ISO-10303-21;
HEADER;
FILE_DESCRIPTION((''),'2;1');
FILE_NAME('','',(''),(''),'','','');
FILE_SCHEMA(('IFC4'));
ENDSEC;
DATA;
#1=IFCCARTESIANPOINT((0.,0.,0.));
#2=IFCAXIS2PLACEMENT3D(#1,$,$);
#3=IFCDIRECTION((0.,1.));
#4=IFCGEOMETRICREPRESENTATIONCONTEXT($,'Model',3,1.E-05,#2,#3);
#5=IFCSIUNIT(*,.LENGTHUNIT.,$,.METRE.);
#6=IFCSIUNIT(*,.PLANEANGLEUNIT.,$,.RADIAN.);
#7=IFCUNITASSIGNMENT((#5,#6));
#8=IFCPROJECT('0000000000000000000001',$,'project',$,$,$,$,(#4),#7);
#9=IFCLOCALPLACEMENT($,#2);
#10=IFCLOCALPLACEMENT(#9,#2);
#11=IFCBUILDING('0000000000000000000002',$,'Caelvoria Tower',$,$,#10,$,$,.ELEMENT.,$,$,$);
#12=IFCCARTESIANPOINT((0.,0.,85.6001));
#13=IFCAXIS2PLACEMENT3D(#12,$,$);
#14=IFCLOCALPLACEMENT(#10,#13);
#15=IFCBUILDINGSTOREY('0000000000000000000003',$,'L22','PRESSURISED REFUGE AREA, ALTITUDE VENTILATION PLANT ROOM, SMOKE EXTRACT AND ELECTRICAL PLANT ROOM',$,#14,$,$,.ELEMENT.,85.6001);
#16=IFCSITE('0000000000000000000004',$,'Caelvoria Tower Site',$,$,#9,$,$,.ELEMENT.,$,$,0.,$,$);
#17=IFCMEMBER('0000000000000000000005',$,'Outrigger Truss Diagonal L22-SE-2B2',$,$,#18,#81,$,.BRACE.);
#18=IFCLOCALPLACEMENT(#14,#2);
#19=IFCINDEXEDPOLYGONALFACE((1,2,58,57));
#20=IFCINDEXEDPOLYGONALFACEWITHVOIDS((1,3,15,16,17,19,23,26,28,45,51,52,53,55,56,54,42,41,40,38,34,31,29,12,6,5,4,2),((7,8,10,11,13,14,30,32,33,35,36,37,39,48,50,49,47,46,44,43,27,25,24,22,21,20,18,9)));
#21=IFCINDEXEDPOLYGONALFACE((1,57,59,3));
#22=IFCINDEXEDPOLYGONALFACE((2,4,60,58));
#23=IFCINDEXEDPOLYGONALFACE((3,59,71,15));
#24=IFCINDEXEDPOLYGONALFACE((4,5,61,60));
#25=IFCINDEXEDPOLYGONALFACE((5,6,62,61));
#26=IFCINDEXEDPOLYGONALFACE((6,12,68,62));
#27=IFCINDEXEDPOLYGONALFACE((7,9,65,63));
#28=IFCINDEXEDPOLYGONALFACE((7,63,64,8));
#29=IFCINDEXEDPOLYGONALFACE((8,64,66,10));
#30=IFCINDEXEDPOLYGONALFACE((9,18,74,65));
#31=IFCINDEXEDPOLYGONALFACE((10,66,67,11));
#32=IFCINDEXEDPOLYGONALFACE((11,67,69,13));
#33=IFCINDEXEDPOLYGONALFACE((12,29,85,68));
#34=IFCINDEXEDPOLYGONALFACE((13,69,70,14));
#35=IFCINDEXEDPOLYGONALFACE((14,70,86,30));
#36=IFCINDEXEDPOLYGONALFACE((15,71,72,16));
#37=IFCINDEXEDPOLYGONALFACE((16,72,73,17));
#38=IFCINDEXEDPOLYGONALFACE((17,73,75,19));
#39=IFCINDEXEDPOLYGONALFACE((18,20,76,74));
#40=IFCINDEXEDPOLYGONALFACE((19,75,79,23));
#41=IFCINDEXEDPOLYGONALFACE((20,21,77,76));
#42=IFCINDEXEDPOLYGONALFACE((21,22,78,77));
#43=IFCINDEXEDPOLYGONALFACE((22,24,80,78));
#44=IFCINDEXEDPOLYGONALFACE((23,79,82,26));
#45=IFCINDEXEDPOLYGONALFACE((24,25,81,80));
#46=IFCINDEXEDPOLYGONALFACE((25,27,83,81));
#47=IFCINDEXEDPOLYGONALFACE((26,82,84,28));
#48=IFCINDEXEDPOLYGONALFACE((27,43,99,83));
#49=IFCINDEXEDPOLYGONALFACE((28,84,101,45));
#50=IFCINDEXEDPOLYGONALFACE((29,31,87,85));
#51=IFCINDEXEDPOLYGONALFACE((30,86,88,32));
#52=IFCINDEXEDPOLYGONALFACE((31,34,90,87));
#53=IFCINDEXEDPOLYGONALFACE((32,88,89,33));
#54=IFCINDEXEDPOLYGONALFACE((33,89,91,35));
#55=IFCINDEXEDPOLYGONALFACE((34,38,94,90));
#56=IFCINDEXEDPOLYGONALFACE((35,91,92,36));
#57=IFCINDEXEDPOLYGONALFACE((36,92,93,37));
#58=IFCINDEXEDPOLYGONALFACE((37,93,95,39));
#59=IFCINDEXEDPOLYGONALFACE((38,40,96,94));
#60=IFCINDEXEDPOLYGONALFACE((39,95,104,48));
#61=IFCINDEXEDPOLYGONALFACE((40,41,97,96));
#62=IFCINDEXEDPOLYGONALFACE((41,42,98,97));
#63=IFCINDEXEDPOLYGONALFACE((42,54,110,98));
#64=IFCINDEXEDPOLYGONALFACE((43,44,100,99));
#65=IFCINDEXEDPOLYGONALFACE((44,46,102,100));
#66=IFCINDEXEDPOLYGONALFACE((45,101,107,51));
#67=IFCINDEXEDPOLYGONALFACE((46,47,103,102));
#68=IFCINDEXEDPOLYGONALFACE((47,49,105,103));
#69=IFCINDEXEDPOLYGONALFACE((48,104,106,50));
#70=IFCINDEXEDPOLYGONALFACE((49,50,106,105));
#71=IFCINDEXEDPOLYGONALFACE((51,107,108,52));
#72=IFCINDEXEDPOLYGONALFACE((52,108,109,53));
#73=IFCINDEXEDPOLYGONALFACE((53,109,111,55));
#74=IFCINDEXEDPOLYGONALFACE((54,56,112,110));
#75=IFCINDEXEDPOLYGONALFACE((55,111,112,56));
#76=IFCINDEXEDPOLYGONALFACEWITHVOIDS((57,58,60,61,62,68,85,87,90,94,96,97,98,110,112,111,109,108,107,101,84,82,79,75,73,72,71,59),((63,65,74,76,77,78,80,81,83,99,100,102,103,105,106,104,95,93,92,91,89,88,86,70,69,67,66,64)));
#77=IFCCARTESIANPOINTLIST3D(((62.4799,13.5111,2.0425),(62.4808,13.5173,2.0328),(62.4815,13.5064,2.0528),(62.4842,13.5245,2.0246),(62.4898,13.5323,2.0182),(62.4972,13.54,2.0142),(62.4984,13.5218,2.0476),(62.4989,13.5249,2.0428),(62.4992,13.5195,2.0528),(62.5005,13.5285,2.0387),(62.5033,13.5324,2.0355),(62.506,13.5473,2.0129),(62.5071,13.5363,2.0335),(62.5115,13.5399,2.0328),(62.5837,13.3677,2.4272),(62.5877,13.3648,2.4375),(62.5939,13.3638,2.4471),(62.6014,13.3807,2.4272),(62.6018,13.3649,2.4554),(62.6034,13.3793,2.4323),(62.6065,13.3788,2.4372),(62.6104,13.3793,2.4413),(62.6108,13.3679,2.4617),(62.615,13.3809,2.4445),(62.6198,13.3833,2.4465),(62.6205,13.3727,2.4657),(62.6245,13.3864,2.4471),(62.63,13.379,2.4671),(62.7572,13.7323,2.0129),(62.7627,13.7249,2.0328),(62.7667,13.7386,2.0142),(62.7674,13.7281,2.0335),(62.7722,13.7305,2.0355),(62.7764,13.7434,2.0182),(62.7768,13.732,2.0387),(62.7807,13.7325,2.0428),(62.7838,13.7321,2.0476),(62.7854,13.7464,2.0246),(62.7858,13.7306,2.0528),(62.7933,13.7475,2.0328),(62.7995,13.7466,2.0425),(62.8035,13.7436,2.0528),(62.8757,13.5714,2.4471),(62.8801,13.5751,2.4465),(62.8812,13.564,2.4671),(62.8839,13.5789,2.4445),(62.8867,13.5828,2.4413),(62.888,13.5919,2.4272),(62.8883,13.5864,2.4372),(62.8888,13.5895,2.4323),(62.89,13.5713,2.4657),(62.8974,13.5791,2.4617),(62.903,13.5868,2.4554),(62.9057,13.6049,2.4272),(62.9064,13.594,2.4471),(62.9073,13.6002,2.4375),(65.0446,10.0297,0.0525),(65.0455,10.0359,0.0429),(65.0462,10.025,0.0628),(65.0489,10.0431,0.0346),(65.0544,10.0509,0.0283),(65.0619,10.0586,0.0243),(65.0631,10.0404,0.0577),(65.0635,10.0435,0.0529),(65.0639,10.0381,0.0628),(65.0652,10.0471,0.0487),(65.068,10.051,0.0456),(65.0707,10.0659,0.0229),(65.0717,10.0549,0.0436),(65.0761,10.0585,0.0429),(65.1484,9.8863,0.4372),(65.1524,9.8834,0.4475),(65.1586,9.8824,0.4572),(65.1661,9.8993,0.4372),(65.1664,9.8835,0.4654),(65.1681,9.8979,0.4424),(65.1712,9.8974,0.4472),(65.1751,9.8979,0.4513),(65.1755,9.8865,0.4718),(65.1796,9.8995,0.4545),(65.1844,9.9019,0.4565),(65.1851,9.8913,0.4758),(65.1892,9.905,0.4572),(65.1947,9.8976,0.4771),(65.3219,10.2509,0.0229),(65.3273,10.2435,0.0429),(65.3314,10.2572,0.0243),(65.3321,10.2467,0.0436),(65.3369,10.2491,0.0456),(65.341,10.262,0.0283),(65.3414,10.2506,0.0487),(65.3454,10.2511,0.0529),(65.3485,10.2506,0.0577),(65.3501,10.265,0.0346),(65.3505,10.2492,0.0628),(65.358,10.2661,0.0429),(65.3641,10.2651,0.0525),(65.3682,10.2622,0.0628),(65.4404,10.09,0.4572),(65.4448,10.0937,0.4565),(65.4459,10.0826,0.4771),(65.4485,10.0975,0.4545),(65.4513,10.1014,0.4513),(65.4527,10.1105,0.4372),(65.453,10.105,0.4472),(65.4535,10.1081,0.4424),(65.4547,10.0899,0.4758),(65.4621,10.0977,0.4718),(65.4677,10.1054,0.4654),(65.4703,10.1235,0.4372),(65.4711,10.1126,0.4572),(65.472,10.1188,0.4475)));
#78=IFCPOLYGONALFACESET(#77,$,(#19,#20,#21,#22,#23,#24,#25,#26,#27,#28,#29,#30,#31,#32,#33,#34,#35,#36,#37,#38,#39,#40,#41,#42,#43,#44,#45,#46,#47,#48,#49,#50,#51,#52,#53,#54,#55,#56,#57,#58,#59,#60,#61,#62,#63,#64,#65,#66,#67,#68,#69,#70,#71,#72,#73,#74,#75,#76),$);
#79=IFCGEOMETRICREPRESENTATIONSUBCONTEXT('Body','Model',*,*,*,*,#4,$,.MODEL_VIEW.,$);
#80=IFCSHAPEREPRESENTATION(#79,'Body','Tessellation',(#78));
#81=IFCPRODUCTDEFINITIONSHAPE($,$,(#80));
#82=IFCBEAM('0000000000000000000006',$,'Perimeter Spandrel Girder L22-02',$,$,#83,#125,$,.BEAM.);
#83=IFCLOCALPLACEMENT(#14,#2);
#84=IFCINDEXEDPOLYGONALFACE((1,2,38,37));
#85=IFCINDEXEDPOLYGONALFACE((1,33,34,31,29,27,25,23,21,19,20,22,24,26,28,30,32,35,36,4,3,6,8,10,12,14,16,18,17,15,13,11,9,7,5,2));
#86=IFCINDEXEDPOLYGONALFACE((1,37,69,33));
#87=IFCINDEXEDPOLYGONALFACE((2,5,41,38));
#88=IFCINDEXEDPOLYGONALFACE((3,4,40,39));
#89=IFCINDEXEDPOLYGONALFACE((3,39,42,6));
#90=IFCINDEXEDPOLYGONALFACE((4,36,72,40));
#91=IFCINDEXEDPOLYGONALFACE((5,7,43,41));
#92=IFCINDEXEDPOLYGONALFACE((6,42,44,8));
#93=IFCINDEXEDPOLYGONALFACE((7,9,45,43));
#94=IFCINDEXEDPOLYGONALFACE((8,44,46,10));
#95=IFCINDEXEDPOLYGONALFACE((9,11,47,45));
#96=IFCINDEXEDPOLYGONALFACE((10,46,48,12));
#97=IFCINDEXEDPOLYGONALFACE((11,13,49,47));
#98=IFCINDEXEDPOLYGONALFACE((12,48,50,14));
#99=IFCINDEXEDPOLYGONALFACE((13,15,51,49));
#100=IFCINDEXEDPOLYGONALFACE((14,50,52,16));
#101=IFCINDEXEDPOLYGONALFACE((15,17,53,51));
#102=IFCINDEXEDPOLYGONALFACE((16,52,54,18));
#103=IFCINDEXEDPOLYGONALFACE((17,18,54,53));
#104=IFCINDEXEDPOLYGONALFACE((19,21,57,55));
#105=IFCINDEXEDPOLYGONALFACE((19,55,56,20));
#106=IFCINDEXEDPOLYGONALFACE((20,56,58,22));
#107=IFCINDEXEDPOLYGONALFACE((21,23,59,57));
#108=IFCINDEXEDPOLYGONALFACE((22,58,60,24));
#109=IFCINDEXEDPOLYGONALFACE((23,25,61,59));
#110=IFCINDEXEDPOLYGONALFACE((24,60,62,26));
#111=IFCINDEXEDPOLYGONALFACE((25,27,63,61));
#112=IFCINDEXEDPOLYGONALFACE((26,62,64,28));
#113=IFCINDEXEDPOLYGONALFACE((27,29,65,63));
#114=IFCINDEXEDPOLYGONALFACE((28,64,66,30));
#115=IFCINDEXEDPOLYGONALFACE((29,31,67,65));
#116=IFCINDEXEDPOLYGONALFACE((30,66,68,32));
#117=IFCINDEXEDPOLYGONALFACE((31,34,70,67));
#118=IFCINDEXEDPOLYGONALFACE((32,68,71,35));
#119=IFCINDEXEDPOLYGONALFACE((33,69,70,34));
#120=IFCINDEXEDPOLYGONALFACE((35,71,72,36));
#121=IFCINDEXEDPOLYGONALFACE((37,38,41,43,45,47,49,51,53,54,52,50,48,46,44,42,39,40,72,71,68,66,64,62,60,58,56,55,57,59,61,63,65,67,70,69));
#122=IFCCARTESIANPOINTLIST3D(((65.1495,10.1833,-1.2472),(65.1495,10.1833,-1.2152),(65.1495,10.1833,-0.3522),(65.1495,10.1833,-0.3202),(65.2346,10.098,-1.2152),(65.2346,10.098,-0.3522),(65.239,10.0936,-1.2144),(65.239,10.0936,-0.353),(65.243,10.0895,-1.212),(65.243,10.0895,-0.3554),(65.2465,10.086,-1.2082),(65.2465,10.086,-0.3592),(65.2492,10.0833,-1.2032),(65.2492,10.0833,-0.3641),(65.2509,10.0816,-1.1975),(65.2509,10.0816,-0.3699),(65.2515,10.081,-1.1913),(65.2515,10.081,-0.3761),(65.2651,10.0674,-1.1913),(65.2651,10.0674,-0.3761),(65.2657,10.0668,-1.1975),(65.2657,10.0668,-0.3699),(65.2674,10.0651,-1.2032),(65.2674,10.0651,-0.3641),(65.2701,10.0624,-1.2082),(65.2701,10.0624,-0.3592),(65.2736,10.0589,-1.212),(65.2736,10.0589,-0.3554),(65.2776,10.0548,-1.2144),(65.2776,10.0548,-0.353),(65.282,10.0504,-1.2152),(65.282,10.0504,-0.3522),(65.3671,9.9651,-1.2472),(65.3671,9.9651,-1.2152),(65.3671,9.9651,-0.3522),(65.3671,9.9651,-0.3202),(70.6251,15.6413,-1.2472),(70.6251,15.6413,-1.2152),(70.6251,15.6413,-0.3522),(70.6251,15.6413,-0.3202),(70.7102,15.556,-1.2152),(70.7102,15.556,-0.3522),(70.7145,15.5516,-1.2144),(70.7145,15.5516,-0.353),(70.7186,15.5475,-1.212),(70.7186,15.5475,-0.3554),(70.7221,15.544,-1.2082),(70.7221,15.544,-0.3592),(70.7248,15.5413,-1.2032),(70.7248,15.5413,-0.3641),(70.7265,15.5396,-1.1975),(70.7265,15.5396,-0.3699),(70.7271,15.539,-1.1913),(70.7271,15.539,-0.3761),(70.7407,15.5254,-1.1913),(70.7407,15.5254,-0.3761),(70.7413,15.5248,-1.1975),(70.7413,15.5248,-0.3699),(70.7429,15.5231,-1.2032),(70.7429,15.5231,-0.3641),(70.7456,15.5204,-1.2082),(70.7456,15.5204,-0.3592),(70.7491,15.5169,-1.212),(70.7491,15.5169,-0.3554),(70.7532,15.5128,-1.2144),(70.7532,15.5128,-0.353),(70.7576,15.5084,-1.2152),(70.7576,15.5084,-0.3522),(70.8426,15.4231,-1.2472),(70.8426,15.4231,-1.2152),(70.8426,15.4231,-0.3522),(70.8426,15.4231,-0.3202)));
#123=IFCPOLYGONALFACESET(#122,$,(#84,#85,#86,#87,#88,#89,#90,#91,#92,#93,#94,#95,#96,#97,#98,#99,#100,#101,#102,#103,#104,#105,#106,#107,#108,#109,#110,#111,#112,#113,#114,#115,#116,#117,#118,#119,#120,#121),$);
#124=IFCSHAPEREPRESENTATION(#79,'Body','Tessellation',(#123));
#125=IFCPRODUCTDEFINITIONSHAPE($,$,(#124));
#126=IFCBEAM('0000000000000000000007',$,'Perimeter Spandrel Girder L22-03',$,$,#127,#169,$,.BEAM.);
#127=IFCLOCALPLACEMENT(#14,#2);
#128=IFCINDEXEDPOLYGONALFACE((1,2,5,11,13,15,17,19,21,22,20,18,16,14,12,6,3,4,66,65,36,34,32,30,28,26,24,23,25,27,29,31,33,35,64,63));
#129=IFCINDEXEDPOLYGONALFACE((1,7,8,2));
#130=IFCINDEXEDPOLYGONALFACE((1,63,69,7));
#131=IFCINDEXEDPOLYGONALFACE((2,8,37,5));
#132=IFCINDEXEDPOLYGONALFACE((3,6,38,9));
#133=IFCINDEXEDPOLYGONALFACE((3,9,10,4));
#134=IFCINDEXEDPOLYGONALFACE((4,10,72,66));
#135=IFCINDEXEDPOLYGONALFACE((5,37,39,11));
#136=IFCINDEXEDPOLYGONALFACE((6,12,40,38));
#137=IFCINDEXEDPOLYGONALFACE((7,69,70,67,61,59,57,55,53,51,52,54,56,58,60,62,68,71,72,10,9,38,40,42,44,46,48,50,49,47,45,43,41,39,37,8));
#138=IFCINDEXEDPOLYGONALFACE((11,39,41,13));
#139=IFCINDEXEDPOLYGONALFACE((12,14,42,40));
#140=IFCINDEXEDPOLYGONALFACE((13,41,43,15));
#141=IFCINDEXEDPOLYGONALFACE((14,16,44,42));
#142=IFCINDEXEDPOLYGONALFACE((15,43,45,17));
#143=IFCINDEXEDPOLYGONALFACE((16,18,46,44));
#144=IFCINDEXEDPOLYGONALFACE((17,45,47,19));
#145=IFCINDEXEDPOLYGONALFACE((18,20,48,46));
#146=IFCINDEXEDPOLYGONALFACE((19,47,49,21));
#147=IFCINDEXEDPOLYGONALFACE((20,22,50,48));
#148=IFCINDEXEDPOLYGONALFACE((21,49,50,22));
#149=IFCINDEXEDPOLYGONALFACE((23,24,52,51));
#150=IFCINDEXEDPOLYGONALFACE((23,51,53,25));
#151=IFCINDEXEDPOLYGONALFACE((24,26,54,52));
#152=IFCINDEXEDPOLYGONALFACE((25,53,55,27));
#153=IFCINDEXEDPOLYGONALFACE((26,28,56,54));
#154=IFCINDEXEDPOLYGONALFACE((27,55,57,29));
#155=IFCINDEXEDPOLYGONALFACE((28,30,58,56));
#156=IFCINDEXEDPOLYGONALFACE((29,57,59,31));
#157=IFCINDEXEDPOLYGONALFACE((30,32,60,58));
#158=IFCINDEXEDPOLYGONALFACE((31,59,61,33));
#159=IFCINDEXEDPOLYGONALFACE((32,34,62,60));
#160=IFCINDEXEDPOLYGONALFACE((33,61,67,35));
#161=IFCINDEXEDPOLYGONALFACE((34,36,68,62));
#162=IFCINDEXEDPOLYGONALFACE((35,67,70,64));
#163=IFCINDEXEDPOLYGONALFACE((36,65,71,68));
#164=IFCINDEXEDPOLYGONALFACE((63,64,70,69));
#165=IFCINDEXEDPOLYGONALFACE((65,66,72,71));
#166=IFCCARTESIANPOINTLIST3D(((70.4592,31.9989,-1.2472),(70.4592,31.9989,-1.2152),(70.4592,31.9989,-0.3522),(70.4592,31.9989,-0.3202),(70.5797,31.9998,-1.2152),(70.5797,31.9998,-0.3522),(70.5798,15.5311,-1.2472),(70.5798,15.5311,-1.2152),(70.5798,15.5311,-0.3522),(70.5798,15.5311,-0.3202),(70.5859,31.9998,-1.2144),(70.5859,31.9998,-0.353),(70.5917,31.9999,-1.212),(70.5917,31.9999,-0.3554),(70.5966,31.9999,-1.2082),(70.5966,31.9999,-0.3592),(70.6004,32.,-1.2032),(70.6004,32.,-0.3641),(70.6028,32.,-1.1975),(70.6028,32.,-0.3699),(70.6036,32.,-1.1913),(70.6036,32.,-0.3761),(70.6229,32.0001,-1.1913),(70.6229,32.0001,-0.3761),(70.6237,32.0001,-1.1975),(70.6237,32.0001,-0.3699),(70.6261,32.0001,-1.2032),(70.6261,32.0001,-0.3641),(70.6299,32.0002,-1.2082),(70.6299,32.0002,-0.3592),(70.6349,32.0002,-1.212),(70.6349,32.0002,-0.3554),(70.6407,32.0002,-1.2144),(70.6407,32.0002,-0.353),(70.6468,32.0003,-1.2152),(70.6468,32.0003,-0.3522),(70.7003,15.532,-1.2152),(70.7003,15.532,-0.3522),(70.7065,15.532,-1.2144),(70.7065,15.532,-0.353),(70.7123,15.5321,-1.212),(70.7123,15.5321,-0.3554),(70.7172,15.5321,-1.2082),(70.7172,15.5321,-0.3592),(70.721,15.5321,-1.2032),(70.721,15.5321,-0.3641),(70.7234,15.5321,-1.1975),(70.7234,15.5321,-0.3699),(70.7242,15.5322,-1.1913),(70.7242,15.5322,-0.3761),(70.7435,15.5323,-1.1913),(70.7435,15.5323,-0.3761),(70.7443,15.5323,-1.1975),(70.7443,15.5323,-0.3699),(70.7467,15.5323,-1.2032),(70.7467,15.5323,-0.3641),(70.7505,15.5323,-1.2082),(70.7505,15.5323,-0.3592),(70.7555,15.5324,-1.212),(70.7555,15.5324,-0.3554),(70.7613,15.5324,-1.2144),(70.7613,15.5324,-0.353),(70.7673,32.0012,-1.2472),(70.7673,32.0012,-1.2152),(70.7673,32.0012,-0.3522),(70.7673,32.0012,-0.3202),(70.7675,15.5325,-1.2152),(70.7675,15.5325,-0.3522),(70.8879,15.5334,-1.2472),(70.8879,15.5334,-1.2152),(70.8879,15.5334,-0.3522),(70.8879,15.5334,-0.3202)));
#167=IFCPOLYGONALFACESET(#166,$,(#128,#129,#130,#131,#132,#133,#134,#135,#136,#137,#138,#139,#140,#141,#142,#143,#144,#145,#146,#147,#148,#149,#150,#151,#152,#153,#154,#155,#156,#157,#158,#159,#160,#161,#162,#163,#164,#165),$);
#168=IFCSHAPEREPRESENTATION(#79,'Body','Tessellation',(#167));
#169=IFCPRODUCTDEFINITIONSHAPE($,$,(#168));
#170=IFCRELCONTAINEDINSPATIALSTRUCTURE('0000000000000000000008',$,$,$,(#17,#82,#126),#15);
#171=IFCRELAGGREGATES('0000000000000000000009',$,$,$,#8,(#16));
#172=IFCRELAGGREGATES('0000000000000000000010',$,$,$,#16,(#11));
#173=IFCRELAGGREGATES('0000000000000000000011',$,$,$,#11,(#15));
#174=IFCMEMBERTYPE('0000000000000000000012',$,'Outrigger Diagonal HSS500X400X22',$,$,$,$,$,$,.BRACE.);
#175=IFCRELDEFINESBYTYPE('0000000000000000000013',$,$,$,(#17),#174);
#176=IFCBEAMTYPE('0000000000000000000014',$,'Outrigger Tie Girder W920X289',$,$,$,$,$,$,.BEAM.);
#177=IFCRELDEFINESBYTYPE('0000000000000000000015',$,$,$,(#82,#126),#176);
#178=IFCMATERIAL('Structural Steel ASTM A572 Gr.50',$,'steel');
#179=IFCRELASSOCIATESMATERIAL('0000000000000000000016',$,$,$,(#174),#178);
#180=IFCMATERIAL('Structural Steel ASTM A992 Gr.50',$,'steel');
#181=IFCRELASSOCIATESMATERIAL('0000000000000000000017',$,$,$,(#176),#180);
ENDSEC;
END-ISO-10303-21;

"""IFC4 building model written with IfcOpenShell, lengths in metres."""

from ifc_helpers import new_model, si_unit, direction, frame, origin, origin_2d, place, context, subcontext, project, spatial, hollow_rectangle, i_section, extrude, material, material_profile, profile_set, type_object, element, save


model = new_model("IFC4")

# Units and contexts
model_context = context("Model", 3, precision=1e-05, world=origin(), true_north=direction((0.0, 1.0)))
body_context = subcontext(model_context, "Body", "Model", "MODEL_VIEW")
ifc_project = project(units=[si_unit("LENGTHUNIT", "METRE"), si_unit("PLANEANGLEUNIT", "RADIAN")], contexts=[model_context])

# Site, building, storey
site_placement = place(None, origin())
site = spatial("IfcSite", under=ifc_project, at=site_placement, Name="Caelvoria Tower Site", CompositionType="ELEMENT", RefElevation=0.0)
building_placement = place(site_placement, origin())
building = spatial("IfcBuilding", under=site, at=building_placement, Name="Caelvoria Tower", CompositionType="ELEMENT")
storey_placement = place(building_placement, frame((0.0, 0.0, 85.6001)))
storey = spatial("IfcBuildingStorey", under=building, at=storey_placement, Name="L22", Description="PRESSURISED REFUGE AREA, ALTITUDE VENTILATION PLANT ROOM, SMOKE EXTRACT AND ELECTRICAL PLANT ROOM", CompositionType="ELEMENT", Elevation=85.6001)

# Shared definitions
ifc_material_1 = material(Name="Structural Steel ASTM A572 Gr.50", Category="steel")

# Member
ifc_material_profile_1 = material_profile(ifc_material_1, hollow_rectangle(XDim=0.3999, YDim=0.5, WallThickness=0.022, InnerFilletRadius=0.022, OuterFilletRadius=0.0439, at=origin_2d()), Name="Structural Steel ASTM A572 Gr.50")
ifc_profile_set_1 = profile_set([ifc_material_profile_1], Name="HSS500X400X22 - Structural Steel ASTM A572 Gr.50")
member_type_1 = type_object("IfcMemberType", Name="Outrigger Diagonal HSS500X400X22", PredefinedType="BRACE", material=ifc_profile_set_1)
member_1_placement = place(storey_placement, frame((62.6936, 13.5557, 2.24), z_axis=(0.538795, -0.731386, -0.41806), x_axis=(0.80512, 0.593112, 0.0)))
element("IfcMember", 1, at=member_1_placement, inside=storey, type_object=member_type_1, Name="Outrigger Truss Diagonal L22-SE-2B2", PredefinedType="BRACE", context=body_context, shape_type="SweptSolid", body=[
    extrude(hollow_rectangle(XDim=0.3999, YDim=0.5, WallThickness=0.022, InnerFilletRadius=0.022, OuterFilletRadius=0.0439, at=origin_2d()), origin(), (0.0, 0.0, 1.0), 4.76),
])

# Beams
ifc_material_2 = material(Name="Structural Steel ASTM A992 Gr.50", Category="steel")
ifc_material_profile_2 = material_profile(ifc_material_2, i_section(OverallWidth=0.3081, OverallDepth=0.927, WebThickness=0.0193, FlangeThickness=0.032, FilletRadius=0.0239, at=origin_2d()), Name="Structural Steel ASTM A992 Gr.50")
ifc_profile_set_2 = profile_set([ifc_material_profile_2], Name="W920X289 - Structural Steel ASTM A992 Gr.50")
beam_type_1 = type_object("IfcBeamType", Name="Outrigger Tie Girder W920X289", PredefinedType="BEAM", material=ifc_profile_set_2)
beam_1_placement = place(storey_placement, frame((65.2583, 10.0742, -0.7837), z_axis=(0.708243, 0.705969, 0.0), x_axis=(-0.705969, 0.708243, 0.0)))
element("IfcBeam", 2, at=beam_1_placement, inside=storey, type_object=beam_type_1, Name="Perimeter Spandrel Girder L22-02", PredefinedType="BEAM", context=body_context, shape_type="SweptSolid", body=[
    extrude(i_section(OverallWidth=0.3081, OverallDepth=0.927, WebThickness=0.0193, FlangeThickness=0.032, FilletRadius=0.0239, at=origin_2d()), origin(), (0.0, 0.0, 1.0), 7.7312),
])
for number, where, z_axis, x_axis, name in (
    (3, (70.7339, 15.5322, -0.7837), (-0.007324, 0.999973, 0.0), (-0.999973, -0.007324, 0.0), "Perimeter Spandrel Girder L22-03"),
):
    element("IfcBeam", number, at=place(storey_placement, frame(where, z_axis=z_axis, x_axis=x_axis)), inside=storey, type_object=beam_type_1, Name=name, PredefinedType="BEAM", context=body_context, shape_type="SweptSolid", body=[
        extrude(i_section(OverallWidth=0.3081, OverallDepth=0.927, WebThickness=0.0193, FlangeThickness=0.032, FilletRadius=0.0239, at=origin_2d()), origin(), (0.0, 0.0, 1.0), 16.4683),
    ])

save(model, "model.ifc")
